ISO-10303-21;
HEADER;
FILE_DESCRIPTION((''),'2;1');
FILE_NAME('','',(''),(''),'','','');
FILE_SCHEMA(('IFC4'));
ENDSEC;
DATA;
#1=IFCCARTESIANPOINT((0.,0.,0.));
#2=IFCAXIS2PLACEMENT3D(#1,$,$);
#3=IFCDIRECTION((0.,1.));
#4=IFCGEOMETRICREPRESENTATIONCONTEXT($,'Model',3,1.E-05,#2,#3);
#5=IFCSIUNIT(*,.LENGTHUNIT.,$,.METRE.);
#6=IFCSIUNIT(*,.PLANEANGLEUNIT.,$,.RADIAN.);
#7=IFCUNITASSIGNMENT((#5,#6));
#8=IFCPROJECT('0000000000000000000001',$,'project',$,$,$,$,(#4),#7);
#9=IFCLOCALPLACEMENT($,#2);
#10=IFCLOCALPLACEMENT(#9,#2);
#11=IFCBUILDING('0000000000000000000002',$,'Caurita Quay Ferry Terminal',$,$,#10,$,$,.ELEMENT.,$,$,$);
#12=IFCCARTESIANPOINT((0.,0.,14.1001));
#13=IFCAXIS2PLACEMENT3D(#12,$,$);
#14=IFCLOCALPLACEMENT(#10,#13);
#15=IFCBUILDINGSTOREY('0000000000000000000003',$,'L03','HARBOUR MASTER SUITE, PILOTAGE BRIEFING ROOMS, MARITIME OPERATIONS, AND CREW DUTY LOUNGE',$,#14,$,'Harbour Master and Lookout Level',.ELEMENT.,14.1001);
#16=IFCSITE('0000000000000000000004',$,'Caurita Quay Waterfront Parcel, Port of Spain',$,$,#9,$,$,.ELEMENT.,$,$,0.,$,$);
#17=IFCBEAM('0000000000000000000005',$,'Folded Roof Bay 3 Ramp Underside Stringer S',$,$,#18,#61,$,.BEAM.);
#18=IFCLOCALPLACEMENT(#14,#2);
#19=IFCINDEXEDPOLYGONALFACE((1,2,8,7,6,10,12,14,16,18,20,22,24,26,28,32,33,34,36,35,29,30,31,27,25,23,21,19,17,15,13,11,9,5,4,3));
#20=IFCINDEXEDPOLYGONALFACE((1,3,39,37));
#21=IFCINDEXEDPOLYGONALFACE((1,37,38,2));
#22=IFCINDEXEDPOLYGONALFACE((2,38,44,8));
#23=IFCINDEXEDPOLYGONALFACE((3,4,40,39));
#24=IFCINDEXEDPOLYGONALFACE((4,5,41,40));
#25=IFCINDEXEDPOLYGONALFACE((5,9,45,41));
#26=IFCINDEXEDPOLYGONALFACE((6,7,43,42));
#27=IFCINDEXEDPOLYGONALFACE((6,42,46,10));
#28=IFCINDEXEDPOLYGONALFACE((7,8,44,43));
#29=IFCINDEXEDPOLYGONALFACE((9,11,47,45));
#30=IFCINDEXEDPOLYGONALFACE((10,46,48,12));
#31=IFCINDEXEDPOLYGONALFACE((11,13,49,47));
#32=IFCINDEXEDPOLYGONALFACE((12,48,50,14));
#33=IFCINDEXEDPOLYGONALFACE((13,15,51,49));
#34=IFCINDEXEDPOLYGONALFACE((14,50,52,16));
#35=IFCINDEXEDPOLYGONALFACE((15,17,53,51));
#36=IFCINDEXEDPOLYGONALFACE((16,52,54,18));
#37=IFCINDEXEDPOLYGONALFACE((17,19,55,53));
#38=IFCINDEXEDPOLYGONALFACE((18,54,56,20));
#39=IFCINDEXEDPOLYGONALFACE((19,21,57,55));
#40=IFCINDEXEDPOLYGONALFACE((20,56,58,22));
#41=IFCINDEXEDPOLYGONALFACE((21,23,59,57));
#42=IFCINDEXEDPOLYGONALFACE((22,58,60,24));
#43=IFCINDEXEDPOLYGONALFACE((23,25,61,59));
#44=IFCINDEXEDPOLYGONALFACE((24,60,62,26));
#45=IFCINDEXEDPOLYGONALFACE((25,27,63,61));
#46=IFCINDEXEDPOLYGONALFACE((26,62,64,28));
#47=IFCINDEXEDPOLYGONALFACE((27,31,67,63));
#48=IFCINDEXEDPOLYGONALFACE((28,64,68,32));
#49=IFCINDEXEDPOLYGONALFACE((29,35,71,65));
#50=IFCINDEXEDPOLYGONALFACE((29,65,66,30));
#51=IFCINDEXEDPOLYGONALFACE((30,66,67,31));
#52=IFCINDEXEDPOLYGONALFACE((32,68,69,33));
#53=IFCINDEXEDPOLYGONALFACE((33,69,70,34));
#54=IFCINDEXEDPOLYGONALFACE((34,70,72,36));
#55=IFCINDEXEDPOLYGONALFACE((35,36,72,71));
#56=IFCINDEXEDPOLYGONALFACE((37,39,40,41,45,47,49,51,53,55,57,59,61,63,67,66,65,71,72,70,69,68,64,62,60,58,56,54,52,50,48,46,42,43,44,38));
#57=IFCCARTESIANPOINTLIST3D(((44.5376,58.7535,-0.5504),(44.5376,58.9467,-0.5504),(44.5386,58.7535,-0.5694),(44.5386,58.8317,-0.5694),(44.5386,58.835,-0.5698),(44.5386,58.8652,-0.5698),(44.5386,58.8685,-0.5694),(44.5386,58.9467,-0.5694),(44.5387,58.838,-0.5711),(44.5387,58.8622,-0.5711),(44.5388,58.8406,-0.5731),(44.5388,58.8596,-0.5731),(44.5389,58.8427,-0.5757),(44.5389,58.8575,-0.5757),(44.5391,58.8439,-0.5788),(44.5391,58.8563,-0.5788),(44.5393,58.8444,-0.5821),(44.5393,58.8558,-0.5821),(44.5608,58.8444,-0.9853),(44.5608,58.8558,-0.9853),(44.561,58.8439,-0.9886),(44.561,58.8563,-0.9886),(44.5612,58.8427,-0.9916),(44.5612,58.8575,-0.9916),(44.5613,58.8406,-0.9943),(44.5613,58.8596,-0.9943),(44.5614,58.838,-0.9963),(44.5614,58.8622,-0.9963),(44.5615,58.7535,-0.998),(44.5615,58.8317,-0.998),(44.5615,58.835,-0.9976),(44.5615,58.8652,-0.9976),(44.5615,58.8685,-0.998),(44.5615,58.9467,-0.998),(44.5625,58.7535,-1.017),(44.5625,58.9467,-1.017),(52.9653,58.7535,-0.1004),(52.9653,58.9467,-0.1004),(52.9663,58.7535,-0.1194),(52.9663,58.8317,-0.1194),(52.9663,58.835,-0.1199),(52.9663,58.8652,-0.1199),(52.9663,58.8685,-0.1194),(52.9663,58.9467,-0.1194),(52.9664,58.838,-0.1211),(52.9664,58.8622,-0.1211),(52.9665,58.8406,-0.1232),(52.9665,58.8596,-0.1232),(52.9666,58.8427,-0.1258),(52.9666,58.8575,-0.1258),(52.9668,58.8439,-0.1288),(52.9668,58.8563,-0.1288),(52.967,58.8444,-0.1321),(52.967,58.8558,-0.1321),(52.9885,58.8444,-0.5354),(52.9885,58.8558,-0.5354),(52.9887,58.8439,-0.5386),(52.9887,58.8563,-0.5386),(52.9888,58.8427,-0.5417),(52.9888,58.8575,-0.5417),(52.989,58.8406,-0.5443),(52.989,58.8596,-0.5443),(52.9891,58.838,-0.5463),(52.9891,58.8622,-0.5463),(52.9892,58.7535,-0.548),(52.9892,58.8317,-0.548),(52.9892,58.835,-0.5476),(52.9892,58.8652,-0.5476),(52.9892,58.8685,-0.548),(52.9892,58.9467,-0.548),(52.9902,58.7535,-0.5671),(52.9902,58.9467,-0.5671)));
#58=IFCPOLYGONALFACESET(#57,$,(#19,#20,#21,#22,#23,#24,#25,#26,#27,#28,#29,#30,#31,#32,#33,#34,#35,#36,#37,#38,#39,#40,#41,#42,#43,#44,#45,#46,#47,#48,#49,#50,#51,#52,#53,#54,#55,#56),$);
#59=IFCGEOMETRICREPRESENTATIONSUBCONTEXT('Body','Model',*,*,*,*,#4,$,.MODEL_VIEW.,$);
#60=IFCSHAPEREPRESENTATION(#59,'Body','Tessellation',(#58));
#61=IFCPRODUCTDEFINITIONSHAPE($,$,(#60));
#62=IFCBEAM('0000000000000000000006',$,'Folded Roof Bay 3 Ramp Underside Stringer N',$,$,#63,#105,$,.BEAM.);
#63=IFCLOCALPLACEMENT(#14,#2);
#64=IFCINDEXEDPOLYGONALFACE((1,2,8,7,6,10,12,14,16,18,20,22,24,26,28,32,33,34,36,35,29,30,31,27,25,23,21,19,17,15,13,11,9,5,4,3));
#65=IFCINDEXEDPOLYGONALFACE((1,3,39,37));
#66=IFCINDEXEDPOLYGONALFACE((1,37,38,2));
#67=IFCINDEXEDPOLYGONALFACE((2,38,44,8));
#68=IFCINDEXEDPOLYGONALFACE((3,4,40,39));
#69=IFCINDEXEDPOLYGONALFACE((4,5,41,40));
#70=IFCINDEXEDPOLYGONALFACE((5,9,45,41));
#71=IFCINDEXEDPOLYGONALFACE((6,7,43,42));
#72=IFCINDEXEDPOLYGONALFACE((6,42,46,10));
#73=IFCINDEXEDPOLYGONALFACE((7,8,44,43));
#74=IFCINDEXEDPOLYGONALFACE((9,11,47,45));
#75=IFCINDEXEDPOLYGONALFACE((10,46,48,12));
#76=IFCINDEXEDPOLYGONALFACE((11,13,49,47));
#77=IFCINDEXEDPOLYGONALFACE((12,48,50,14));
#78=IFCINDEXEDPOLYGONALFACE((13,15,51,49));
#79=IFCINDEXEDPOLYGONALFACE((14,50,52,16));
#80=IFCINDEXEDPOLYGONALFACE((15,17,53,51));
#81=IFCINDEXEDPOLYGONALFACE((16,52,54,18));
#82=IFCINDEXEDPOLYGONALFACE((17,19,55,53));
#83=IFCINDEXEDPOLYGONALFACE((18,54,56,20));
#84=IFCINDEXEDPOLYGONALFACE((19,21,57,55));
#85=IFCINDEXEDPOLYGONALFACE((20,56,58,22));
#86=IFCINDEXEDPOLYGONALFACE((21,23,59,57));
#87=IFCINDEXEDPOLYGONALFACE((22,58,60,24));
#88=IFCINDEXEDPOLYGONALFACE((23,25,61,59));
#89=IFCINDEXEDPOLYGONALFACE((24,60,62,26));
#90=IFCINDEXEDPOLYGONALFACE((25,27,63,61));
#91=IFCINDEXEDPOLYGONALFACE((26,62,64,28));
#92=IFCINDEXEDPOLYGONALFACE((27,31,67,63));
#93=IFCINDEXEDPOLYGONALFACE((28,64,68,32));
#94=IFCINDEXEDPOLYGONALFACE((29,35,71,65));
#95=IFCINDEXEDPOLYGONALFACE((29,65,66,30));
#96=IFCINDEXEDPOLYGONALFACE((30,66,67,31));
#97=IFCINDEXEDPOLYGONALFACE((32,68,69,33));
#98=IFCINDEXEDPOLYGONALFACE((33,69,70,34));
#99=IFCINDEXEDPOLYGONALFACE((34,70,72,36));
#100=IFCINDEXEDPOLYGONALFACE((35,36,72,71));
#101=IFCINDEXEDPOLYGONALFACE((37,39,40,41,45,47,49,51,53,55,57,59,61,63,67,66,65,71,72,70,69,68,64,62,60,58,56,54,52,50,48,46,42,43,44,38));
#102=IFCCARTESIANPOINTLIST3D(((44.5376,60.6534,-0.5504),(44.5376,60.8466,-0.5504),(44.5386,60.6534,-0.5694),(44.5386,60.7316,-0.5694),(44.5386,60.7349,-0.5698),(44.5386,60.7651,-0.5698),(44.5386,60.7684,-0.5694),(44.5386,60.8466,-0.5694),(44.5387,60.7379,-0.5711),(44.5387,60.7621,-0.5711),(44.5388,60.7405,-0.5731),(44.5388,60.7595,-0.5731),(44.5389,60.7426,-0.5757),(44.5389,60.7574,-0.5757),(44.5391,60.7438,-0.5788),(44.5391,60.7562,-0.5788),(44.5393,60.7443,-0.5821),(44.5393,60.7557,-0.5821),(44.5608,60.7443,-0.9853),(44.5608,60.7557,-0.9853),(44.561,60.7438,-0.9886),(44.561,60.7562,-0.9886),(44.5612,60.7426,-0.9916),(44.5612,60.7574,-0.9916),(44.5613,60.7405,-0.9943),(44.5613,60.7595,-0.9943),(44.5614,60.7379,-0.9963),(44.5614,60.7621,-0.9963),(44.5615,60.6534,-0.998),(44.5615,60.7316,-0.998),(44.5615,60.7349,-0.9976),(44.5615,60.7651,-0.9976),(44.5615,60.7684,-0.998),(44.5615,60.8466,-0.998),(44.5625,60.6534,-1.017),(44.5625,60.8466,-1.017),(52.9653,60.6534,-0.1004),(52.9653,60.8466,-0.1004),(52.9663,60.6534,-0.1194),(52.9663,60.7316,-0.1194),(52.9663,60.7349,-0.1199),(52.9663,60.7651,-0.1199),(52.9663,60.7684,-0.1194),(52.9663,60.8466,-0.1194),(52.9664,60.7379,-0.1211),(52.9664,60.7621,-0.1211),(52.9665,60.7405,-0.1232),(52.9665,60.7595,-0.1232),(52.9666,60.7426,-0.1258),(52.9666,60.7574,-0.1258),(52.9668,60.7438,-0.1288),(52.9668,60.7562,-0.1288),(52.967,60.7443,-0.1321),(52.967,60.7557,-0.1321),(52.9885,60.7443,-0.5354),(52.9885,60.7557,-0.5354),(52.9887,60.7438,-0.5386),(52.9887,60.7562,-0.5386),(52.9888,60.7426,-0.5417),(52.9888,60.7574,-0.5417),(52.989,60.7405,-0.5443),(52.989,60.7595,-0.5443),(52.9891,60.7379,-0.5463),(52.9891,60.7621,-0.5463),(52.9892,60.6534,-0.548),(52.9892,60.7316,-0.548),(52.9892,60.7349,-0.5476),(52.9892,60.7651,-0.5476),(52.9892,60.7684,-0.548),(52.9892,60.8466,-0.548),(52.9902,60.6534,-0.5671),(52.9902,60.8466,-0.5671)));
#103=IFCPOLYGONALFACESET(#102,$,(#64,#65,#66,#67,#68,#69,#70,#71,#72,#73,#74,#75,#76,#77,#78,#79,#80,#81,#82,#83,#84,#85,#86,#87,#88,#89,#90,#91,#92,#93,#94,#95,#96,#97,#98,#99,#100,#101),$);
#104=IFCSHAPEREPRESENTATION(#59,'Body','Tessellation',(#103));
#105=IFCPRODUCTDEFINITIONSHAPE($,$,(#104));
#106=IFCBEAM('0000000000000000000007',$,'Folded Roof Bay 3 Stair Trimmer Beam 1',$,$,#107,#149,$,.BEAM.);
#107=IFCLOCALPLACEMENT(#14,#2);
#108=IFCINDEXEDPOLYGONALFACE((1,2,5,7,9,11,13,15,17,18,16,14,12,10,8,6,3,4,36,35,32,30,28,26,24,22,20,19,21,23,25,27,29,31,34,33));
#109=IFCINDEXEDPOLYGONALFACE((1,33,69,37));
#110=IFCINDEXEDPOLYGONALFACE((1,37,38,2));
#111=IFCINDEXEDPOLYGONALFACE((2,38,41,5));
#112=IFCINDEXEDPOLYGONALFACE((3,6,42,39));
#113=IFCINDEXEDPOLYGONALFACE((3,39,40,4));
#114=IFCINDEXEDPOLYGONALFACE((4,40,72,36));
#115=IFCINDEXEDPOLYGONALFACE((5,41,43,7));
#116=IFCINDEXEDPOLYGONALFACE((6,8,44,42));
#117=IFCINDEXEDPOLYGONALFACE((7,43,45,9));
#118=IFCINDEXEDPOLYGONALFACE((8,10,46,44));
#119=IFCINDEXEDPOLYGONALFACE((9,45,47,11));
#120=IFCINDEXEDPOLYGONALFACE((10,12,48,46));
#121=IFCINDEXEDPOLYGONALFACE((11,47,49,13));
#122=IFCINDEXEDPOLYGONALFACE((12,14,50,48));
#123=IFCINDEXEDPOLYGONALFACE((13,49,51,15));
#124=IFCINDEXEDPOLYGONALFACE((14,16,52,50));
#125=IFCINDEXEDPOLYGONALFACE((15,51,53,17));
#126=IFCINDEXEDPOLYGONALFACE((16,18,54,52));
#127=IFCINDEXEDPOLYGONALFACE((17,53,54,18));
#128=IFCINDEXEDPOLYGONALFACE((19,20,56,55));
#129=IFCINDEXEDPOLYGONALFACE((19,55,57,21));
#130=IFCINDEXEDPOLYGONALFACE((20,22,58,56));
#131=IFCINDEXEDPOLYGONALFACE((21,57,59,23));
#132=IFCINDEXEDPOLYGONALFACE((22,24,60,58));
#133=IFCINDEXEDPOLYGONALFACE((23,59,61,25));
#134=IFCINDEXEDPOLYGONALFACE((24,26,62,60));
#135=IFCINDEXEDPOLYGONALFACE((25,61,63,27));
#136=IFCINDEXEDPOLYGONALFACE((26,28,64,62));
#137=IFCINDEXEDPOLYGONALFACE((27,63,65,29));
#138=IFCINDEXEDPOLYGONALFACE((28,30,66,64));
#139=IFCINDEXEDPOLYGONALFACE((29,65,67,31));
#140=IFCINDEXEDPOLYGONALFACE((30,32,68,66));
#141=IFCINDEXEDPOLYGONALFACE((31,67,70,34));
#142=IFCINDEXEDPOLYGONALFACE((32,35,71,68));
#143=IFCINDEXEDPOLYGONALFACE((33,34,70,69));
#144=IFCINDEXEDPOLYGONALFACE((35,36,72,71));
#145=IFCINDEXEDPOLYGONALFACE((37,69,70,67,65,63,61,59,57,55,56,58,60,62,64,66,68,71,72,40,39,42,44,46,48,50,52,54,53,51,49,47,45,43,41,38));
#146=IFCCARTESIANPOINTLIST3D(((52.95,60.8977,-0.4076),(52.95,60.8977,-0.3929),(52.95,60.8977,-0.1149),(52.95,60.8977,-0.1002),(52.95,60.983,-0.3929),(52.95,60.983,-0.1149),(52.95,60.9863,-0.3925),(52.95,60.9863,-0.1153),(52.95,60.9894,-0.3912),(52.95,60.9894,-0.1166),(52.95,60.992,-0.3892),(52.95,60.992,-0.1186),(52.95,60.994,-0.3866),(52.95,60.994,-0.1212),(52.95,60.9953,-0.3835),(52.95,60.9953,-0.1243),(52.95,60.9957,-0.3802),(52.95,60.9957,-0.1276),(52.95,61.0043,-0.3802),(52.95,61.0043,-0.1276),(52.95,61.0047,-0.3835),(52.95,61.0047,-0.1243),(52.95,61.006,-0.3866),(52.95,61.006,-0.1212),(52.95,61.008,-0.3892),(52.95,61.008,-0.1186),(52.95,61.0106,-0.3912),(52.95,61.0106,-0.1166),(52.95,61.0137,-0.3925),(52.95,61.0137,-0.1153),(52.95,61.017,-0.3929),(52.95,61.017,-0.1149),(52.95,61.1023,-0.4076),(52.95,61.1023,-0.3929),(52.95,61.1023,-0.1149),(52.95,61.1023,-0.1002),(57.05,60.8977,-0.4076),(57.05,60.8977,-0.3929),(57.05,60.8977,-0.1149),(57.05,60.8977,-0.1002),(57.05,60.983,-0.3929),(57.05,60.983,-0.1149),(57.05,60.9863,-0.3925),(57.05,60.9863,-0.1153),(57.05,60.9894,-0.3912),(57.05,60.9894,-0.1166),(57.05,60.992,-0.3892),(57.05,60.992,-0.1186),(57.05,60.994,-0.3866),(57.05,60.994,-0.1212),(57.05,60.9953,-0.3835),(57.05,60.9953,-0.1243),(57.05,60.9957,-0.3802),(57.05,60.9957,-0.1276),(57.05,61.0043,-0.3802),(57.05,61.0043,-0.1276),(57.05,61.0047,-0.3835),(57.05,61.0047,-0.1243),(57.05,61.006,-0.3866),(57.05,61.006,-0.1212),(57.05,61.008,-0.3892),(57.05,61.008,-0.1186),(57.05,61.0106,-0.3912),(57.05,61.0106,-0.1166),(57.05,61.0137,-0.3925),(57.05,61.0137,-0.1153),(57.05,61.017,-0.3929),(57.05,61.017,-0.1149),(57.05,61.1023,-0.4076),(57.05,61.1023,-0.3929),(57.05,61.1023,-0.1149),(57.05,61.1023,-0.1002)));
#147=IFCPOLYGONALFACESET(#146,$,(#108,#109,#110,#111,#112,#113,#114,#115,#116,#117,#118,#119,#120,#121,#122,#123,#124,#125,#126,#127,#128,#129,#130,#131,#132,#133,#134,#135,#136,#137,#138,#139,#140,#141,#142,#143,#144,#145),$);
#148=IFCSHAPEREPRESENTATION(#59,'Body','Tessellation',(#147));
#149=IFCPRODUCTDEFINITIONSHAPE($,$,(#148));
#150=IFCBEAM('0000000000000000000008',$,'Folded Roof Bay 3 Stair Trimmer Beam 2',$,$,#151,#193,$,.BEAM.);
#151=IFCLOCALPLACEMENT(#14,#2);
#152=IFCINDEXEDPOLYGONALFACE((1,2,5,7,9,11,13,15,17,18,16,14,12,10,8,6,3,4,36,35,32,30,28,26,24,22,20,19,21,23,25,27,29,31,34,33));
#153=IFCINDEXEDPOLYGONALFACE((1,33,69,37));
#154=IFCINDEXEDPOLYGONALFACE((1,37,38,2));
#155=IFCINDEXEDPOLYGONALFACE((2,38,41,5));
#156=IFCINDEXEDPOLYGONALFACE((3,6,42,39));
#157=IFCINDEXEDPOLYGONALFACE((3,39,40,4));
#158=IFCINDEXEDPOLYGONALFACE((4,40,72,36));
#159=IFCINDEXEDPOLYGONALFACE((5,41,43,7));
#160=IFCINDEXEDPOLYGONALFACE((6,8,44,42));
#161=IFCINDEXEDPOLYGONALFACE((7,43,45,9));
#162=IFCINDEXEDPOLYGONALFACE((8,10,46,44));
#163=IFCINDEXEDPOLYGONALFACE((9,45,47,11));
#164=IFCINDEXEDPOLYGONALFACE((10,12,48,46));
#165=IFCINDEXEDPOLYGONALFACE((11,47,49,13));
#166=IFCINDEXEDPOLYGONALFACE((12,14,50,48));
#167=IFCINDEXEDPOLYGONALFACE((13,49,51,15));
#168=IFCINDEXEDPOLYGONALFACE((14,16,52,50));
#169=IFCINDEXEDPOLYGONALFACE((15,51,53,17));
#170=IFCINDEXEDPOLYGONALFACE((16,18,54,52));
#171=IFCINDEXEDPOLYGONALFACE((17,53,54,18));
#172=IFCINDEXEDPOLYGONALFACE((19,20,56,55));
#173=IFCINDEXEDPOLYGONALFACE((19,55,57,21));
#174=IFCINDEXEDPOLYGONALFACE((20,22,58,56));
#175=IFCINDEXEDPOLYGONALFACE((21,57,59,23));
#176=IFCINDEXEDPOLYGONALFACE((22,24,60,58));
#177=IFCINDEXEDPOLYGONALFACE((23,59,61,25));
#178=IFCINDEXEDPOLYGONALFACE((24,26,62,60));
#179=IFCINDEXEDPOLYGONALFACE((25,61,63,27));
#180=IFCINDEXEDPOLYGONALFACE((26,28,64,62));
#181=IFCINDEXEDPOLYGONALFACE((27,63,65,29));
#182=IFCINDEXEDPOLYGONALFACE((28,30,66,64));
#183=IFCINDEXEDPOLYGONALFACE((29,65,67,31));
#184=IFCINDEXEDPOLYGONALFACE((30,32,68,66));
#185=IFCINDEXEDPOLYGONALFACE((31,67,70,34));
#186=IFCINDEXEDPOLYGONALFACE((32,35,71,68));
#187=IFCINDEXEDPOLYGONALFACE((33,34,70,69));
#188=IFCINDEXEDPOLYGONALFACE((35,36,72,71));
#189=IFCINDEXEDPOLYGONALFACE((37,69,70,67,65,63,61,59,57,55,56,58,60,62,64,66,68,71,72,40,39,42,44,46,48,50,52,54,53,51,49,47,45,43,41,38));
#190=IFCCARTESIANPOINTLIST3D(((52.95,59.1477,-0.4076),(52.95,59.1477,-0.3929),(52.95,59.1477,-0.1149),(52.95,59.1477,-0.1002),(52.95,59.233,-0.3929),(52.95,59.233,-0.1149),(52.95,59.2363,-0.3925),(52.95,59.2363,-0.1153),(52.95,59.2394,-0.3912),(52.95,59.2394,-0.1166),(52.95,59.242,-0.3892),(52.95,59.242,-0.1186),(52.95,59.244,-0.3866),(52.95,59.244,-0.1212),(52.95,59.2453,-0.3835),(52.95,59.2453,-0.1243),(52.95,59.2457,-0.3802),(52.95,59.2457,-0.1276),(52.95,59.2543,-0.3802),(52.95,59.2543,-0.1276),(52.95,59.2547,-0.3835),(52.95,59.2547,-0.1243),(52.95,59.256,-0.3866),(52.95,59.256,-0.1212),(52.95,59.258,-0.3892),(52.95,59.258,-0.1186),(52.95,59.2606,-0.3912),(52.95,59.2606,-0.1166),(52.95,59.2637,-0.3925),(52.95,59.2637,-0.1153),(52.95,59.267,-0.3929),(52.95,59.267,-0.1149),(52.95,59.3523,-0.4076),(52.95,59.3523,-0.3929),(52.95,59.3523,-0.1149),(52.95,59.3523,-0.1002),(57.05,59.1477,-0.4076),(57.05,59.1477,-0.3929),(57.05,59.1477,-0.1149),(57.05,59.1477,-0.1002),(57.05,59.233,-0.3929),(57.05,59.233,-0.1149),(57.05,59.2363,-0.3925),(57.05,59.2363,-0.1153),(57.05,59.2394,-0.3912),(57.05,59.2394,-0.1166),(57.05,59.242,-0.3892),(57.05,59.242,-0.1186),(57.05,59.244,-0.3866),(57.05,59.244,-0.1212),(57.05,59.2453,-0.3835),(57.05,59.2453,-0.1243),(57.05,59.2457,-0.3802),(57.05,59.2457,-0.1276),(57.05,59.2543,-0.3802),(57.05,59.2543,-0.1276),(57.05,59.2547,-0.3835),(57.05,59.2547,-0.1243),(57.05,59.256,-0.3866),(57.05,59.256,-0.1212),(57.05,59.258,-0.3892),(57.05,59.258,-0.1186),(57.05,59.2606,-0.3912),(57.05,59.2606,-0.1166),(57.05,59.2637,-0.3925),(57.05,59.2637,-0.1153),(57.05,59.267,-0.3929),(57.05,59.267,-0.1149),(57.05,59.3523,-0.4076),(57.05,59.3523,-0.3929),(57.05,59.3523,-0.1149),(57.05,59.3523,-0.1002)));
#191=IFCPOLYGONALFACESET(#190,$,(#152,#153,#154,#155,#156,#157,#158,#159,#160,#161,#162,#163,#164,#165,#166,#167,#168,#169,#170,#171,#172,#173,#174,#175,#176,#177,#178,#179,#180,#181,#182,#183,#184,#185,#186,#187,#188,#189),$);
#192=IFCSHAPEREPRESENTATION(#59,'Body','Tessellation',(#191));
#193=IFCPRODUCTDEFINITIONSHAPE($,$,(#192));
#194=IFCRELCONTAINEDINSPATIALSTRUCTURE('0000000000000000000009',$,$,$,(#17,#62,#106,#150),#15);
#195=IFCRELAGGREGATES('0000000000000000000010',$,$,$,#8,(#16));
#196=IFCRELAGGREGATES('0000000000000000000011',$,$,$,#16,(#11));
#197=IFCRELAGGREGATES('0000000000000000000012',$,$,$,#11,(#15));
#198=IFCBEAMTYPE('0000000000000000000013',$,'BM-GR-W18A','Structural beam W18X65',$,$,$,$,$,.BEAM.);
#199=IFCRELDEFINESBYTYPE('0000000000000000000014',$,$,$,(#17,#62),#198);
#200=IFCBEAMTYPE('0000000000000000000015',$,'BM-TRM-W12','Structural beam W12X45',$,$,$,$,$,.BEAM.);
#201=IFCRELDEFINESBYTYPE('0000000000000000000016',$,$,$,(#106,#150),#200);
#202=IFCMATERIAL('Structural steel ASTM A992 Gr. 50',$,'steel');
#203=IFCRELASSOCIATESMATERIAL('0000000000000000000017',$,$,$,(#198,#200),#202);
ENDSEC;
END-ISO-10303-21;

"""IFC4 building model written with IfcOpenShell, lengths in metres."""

from ifc_helpers import new_model, si_unit, direction, frame, origin, origin_2d, place, context, subcontext, project, spatial, i_section, extrude, material, material_profile, profile_set, type_object, element, save


model = new_model("IFC4")

# Units and contexts
model_context = context("Model", 3, precision=1e-05, world=origin(), true_north=direction((0.0, 1.0)))
body_context = subcontext(model_context, "Body", "Model", "MODEL_VIEW")
ifc_project = project(units=[si_unit("LENGTHUNIT", "METRE"), si_unit("PLANEANGLEUNIT", "RADIAN")], contexts=[model_context])

# Site, building, storey
site_placement = place(None, origin())
site = spatial("IfcSite", under=ifc_project, at=site_placement, Name="Caurita Quay Waterfront Parcel, Port of Spain", CompositionType="ELEMENT", RefElevation=0.0)
building_placement = place(site_placement, origin())
building = spatial("IfcBuilding", under=site, at=building_placement, Name="Caurita Quay Ferry Terminal", CompositionType="ELEMENT")
storey_placement = place(building_placement, frame((0.0, 0.0, 14.1001)))
storey = spatial("IfcBuildingStorey", under=building, at=storey_placement, Name="L03", Description="HARBOUR MASTER SUITE, PILOTAGE BRIEFING ROOMS, MARITIME OPERATIONS, AND CREW DUTY LOUNGE", LongName="Harbour Master and Lookout Level", CompositionType="ELEMENT", Elevation=14.1001)

# Beams
ifc_material_1 = material(Name="Structural steel ASTM A992 Gr. 50", Category="steel")
ifc_material_profile_1 = material_profile(ifc_material_1, i_section(OverallWidth=0.1931, OverallDepth=0.4673, WebThickness=0.0115, FlangeThickness=0.019, FilletRadius=0.0127, at=origin_2d()), Name="W18X65")
ifc_profile_set_1 = profile_set([ifc_material_profile_1], Name="Structural steel ASTM A992 Gr. 50")
beam_type_1 = type_object("IfcBeamType", Name="BM-GR-W18A", Description="Structural beam W18X65", PredefinedType="BEAM", material=ifc_profile_set_1)
for number, where, z_axis, x_axis, name in (
    (1, (44.55, 58.8501, -0.7837), (0.998578, 0.0, 0.053313), (0.0, 1.0, 0.0), "Folded Roof Bay 3 Ramp Underside Stringer S"),
    (2, (44.55, 60.75, -0.7837), (0.998578, 0.0, 0.053313), (0.0, 1.0, 0.0), "Folded Roof Bay 3 Ramp Underside Stringer N"),
):
    element("IfcBeam", number, at=place(storey_placement, frame(where, z_axis=z_axis, x_axis=x_axis)), inside=storey, type_object=beam_type_1, Name=name, PredefinedType="BEAM", context=body_context, shape_type="SweptSolid", body=[
        extrude(i_section(OverallWidth=0.1931, OverallDepth=0.4673, WebThickness=0.0115, FlangeThickness=0.019, FilletRadius=0.0127, at=origin_2d()), origin(), (0.0, 0.0, 1.0), 8.4397),
    ])
ifc_material_profile_2 = material_profile(ifc_material_1, i_section(OverallWidth=0.2046, OverallDepth=0.3074, WebThickness=0.0085, FlangeThickness=0.0146, FilletRadius=0.0127, at=origin_2d()), Name="W12X45")
ifc_profile_set_2 = profile_set([ifc_material_profile_2], Name="Structural steel ASTM A992 Gr. 50")
beam_type_2 = type_object("IfcBeamType", Name="BM-TRM-W12", Description="Structural beam W12X45", PredefinedType="BEAM", material=ifc_profile_set_2)
for number, where, z_axis, x_axis, name in (
    (3, (52.95, 61.0, -0.2539), (1.0, 0.0, 0.0), (0.0, 1.0, 0.0), "Folded Roof Bay 3 Stair Trimmer Beam 1"),
    (4, (52.95, 59.25, -0.2539), (1.0, 0.0, 0.0), (0.0, 1.0, 0.0), "Folded Roof Bay 3 Stair Trimmer Beam 2"),
):
    element("IfcBeam", number, at=place(storey_placement, frame(where, z_axis=z_axis, x_axis=x_axis)), inside=storey, type_object=beam_type_2, Name=name, PredefinedType="BEAM", context=body_context, shape_type="SweptSolid", body=[
        extrude(i_section(OverallWidth=0.2046, OverallDepth=0.3074, WebThickness=0.0085, FlangeThickness=0.0146, FilletRadius=0.0127, at=origin_2d()), origin(), (0.0, 0.0, 1.0), 4.1001),
    ])

save(model, "model.ifc")
